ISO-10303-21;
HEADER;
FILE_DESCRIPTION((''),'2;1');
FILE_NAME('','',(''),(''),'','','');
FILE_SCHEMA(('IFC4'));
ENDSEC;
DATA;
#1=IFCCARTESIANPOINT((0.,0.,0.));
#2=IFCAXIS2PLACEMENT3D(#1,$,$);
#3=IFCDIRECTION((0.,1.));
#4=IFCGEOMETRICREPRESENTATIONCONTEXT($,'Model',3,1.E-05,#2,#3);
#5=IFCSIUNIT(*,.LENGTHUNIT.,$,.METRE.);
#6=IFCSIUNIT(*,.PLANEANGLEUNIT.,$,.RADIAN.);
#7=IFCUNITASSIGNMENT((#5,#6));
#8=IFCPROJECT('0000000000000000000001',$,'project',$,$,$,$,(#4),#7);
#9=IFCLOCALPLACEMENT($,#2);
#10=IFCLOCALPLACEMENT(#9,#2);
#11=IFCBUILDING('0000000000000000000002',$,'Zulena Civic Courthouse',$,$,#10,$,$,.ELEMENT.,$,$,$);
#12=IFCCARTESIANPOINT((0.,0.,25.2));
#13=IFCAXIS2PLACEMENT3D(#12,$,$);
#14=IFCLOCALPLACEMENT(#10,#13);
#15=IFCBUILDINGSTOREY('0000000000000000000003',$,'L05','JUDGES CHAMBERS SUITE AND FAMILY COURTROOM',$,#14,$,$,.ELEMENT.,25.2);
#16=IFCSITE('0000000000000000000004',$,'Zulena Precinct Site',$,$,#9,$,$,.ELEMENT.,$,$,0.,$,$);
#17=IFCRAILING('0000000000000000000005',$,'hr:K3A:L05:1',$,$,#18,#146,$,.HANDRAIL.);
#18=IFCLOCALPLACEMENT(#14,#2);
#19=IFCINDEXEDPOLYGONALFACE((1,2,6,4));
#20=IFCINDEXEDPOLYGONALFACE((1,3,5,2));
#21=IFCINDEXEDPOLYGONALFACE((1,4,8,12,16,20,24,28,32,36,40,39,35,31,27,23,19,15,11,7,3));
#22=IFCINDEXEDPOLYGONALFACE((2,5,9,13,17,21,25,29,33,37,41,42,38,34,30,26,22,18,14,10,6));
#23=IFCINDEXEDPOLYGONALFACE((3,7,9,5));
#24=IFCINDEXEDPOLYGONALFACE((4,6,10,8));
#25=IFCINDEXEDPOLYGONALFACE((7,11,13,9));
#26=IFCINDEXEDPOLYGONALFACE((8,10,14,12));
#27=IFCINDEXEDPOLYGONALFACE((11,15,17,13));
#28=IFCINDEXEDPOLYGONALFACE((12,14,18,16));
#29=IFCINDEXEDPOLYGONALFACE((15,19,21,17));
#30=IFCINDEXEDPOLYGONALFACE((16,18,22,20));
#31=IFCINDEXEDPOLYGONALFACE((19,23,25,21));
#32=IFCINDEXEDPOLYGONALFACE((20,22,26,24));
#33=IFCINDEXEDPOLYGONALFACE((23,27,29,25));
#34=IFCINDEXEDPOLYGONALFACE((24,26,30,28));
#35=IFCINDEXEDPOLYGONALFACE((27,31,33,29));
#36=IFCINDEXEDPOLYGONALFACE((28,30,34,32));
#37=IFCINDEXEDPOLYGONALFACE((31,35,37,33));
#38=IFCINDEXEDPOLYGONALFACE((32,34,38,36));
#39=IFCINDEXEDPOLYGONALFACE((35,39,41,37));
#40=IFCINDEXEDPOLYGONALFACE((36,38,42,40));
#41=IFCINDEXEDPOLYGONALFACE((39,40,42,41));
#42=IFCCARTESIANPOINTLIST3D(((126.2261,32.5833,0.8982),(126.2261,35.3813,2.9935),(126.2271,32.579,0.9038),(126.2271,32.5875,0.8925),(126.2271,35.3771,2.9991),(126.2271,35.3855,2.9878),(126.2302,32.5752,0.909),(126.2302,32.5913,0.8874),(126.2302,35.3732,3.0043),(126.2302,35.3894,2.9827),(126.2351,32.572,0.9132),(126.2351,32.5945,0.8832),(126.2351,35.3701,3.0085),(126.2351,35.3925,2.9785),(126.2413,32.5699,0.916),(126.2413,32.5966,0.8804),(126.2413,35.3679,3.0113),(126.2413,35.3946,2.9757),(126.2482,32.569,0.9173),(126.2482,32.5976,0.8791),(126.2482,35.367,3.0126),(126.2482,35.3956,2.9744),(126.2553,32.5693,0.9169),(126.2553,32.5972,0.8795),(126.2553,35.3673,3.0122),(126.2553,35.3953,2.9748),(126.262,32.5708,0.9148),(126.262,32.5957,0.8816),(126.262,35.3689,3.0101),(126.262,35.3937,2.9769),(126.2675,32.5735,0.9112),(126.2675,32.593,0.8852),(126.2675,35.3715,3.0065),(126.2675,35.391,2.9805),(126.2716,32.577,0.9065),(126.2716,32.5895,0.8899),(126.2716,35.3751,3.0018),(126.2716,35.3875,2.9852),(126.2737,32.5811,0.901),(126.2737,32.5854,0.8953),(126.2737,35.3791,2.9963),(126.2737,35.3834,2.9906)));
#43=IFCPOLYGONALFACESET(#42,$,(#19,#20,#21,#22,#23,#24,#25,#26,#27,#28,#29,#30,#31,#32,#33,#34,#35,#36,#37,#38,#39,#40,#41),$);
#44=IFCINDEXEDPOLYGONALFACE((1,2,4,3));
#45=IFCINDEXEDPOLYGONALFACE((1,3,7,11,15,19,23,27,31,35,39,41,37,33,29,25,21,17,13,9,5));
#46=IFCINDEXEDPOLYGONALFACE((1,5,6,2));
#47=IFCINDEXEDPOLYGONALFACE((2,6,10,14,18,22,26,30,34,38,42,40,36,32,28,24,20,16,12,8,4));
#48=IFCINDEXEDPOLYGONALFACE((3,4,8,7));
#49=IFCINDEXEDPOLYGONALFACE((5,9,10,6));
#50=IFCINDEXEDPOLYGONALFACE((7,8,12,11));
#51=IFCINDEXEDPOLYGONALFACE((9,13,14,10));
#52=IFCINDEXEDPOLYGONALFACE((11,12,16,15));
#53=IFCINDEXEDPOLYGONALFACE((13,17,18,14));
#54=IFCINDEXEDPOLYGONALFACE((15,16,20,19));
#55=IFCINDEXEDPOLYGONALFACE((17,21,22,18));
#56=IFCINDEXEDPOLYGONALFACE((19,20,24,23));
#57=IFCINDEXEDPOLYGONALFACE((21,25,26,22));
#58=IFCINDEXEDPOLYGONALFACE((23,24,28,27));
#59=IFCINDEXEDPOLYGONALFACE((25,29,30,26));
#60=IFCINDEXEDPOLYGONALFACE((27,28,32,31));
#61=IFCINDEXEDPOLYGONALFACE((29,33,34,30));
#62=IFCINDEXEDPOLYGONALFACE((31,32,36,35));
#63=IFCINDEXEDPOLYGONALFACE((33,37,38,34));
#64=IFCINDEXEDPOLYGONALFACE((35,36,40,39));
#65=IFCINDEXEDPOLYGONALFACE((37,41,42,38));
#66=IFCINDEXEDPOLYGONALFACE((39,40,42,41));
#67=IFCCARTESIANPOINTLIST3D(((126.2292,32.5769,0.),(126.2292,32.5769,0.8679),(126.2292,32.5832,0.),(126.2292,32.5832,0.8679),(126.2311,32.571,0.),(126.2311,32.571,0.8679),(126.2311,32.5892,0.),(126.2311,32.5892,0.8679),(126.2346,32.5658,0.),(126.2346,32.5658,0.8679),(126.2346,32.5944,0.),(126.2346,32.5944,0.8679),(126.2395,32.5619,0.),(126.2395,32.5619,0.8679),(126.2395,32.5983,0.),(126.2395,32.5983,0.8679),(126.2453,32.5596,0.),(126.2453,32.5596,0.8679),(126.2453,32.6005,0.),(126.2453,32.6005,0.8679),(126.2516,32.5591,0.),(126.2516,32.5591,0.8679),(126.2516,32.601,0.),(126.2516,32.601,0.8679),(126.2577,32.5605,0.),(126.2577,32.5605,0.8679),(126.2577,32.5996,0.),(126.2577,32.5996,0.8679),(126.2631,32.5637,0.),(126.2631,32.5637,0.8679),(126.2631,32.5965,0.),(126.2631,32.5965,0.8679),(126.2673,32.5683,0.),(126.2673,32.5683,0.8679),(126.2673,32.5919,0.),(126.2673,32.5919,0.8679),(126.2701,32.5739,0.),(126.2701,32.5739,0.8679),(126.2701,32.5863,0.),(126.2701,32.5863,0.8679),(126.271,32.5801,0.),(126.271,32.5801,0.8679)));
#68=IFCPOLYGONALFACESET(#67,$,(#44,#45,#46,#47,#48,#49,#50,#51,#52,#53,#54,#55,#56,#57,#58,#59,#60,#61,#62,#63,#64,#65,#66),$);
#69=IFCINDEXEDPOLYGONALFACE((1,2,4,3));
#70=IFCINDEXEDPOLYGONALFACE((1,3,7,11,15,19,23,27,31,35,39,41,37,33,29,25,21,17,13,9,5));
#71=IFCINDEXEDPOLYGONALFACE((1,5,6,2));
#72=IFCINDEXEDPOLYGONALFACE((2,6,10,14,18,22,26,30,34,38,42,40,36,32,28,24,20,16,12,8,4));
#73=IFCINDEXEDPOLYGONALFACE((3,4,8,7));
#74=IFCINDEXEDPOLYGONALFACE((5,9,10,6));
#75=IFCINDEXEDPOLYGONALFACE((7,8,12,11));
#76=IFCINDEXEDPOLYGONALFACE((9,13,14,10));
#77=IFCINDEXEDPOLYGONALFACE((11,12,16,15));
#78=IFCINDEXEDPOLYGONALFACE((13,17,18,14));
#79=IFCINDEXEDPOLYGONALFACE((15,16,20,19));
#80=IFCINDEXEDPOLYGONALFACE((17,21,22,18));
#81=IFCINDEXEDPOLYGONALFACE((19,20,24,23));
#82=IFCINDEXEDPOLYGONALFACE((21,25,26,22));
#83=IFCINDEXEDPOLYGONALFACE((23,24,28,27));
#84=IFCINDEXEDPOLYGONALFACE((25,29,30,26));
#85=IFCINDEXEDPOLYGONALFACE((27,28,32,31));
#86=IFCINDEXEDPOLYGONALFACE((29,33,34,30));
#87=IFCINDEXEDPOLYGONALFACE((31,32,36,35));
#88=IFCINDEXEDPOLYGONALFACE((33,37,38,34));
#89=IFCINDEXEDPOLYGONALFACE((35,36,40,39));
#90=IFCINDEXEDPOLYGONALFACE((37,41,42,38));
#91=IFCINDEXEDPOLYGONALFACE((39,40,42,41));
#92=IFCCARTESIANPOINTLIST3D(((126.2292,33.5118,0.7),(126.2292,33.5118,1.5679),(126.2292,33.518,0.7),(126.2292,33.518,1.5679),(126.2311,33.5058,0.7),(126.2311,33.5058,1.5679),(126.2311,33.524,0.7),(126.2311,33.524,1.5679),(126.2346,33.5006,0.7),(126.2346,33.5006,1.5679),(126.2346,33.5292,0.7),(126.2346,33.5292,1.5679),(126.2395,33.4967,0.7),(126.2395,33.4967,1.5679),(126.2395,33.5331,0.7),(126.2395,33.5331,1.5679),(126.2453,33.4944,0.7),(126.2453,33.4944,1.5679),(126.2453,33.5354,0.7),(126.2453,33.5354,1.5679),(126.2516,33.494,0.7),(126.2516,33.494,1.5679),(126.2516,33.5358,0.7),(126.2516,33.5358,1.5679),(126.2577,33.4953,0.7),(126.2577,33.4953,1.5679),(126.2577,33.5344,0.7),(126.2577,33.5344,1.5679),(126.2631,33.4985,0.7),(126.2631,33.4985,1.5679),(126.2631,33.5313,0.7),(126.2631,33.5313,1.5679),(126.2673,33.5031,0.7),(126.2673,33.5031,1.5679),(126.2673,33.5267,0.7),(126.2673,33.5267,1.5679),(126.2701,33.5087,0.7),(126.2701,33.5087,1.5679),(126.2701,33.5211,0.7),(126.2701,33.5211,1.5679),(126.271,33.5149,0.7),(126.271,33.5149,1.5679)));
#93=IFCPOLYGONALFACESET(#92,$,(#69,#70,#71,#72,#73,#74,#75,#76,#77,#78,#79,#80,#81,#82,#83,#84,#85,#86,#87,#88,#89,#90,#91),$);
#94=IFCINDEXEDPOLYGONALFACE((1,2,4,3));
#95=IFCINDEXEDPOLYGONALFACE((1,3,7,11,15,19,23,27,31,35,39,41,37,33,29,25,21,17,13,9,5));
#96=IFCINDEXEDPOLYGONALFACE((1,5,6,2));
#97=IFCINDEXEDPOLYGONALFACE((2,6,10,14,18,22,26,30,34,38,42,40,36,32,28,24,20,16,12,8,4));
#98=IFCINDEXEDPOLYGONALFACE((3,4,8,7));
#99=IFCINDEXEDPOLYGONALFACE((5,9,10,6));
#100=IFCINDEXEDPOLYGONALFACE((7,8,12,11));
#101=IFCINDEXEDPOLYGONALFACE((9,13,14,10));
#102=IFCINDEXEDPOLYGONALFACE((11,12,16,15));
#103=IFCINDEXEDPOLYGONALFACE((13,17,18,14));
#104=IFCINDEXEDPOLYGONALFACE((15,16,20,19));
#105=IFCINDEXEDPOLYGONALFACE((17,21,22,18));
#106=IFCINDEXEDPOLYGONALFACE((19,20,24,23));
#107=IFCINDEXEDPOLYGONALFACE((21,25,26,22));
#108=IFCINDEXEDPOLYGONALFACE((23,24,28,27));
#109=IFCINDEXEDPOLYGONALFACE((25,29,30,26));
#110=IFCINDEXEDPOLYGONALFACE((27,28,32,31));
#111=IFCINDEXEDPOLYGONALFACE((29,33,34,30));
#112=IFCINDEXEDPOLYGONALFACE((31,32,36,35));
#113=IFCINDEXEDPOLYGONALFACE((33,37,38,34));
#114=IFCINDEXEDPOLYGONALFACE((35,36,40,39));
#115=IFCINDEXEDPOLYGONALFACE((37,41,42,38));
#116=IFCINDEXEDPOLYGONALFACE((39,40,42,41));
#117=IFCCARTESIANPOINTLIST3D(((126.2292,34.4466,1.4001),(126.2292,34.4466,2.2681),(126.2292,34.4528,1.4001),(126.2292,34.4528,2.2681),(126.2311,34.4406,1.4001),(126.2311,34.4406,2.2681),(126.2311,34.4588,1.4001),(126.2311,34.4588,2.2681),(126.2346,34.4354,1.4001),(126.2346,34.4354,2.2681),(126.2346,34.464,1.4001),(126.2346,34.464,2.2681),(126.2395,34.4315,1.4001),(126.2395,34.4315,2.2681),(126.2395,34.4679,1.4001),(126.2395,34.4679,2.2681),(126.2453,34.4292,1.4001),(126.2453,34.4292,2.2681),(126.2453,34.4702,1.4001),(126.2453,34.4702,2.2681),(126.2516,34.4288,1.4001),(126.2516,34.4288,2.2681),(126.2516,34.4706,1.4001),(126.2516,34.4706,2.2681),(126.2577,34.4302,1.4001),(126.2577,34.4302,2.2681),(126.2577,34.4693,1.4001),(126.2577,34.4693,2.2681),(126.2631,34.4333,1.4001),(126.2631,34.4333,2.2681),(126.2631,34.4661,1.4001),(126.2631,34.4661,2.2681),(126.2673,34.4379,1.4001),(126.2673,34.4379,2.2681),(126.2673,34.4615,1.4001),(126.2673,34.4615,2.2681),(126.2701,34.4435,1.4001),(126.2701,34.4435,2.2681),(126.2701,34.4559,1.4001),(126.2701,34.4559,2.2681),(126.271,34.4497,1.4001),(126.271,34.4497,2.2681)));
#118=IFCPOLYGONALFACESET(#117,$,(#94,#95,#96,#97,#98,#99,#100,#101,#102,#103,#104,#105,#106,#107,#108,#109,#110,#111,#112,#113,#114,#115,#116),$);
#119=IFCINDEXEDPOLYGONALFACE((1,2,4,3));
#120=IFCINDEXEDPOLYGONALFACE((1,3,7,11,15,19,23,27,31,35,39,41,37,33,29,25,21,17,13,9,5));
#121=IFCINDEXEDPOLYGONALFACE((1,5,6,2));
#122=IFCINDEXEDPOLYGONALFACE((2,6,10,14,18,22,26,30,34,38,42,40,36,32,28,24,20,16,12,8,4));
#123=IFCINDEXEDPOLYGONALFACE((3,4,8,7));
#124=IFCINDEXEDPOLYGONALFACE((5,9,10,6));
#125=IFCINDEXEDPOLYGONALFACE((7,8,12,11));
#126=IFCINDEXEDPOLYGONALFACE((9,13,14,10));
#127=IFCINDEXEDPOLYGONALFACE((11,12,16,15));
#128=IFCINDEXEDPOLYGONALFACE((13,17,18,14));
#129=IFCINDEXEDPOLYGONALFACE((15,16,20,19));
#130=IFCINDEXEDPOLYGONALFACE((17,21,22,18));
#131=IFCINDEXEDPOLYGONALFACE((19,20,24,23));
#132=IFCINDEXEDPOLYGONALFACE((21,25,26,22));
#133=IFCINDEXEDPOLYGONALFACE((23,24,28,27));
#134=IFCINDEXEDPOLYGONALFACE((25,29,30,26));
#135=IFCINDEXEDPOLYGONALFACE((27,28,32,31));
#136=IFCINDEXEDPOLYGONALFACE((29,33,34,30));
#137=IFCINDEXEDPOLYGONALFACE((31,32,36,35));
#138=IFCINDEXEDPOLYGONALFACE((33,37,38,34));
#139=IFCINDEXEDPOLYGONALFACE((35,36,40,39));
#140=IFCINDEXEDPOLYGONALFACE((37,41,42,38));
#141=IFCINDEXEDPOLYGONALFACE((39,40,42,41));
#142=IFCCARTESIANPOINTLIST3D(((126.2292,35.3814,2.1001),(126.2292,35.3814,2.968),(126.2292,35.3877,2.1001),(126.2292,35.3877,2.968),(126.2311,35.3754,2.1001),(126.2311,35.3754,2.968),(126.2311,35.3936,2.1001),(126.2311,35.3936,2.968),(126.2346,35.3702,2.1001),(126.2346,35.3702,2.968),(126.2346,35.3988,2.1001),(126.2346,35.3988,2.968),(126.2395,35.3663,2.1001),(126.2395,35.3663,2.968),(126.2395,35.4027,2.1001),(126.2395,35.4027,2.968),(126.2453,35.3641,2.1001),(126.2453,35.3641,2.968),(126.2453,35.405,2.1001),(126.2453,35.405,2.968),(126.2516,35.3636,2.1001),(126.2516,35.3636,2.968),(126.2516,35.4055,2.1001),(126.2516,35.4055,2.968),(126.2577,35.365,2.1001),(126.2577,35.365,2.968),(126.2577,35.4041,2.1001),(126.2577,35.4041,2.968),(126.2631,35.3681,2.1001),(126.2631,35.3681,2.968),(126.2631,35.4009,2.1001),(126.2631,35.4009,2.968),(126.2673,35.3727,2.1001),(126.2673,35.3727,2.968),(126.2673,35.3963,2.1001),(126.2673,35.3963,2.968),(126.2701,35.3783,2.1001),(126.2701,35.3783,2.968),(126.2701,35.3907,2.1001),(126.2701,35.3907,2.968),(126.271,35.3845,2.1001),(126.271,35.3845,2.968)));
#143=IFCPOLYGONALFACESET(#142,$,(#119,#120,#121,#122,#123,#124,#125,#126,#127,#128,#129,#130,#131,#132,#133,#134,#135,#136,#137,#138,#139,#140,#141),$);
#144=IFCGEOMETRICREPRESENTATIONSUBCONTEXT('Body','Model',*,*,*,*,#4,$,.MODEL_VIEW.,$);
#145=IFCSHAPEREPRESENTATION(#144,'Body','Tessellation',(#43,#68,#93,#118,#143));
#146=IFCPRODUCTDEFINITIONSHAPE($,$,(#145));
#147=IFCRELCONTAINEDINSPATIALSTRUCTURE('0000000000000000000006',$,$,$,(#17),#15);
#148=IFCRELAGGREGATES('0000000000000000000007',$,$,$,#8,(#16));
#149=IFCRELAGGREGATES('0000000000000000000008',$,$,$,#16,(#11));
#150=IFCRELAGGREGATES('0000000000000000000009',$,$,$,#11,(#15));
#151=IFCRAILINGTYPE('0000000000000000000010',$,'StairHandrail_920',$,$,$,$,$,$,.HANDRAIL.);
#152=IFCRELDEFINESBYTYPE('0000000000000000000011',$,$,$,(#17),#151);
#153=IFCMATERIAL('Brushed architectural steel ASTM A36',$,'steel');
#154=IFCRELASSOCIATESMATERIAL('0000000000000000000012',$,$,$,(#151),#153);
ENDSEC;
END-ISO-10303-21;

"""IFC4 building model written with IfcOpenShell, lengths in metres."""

from ifc_helpers import new_model, si_unit, direction, frame, origin, origin_2d, place, context, subcontext, project, spatial, circle, extrude, material, type_object, element, save


model = new_model("IFC4")

# Units and contexts
model_context = context("Model", 3, precision=1e-05, world=origin(), true_north=direction((0.0, 1.0)))
body_context = subcontext(model_context, "Body", "Model", "MODEL_VIEW")
ifc_project = project(units=[si_unit("LENGTHUNIT", "METRE"), si_unit("PLANEANGLEUNIT", "RADIAN")], contexts=[model_context])

# Site, building, storey
site_placement = place(None, origin())
site = spatial("IfcSite", under=ifc_project, at=site_placement, Name="Zulena Precinct Site", CompositionType="ELEMENT", RefElevation=0.0)
building_placement = place(site_placement, origin())
building = spatial("IfcBuilding", under=site, at=building_placement, Name="Zulena Civic Courthouse", CompositionType="ELEMENT")
storey_placement = place(building_placement, frame((0.0, 0.0, 25.2)))
storey = spatial("IfcBuildingStorey", under=building, at=storey_placement, Name="L05", Description="JUDGES CHAMBERS SUITE AND FAMILY COURTROOM", CompositionType="ELEMENT", Elevation=25.2)

# Railing
ifc_material_1 = material(Name="Brushed architectural steel ASTM A36", Category="steel")
railing_type_1 = type_object("IfcRailingType", Name="StairHandrail_920", PredefinedType="HANDRAIL", material=ifc_material_1)
railing_1_placement = place(storey_placement, frame((126.25, 32.5801, 0.0)))
element("IfcRailing", 1, at=railing_1_placement, inside=storey, type_object=railing_type_1, Name="hr:K3A:L05:1", PredefinedType="HANDRAIL", context=body_context, shape_type="SweptSolid", body=[
    extrude(circle(Radius=0.0239, at=origin_2d()), frame((0.0, 0.0032, 0.8982), z_axis=(0.0, 0.800443, 0.599409), x_axis=(-1.0, 0.0, 0.0)), (0.0, 0.0, 1.0), 3.4956),
    extrude(circle(Radius=0.021, at=origin_2d()), origin(), (0.0, 0.0, 1.0), 0.8679),
    extrude(circle(Radius=0.021, at=origin_2d()), frame((0.0, 0.9348, 0.7)), (0.0, 0.0, 1.0), 0.8679),
    extrude(circle(Radius=0.021, at=origin_2d()), frame((0.0, 1.8696, 1.4001)), (0.0, 0.0, 1.0), 0.8679),
    extrude(circle(Radius=0.021, at=origin_2d()), frame((0.0, 2.8044, 2.1001)), (0.0, 0.0, 1.0), 0.8679),
])

save(model, "model.ifc")
